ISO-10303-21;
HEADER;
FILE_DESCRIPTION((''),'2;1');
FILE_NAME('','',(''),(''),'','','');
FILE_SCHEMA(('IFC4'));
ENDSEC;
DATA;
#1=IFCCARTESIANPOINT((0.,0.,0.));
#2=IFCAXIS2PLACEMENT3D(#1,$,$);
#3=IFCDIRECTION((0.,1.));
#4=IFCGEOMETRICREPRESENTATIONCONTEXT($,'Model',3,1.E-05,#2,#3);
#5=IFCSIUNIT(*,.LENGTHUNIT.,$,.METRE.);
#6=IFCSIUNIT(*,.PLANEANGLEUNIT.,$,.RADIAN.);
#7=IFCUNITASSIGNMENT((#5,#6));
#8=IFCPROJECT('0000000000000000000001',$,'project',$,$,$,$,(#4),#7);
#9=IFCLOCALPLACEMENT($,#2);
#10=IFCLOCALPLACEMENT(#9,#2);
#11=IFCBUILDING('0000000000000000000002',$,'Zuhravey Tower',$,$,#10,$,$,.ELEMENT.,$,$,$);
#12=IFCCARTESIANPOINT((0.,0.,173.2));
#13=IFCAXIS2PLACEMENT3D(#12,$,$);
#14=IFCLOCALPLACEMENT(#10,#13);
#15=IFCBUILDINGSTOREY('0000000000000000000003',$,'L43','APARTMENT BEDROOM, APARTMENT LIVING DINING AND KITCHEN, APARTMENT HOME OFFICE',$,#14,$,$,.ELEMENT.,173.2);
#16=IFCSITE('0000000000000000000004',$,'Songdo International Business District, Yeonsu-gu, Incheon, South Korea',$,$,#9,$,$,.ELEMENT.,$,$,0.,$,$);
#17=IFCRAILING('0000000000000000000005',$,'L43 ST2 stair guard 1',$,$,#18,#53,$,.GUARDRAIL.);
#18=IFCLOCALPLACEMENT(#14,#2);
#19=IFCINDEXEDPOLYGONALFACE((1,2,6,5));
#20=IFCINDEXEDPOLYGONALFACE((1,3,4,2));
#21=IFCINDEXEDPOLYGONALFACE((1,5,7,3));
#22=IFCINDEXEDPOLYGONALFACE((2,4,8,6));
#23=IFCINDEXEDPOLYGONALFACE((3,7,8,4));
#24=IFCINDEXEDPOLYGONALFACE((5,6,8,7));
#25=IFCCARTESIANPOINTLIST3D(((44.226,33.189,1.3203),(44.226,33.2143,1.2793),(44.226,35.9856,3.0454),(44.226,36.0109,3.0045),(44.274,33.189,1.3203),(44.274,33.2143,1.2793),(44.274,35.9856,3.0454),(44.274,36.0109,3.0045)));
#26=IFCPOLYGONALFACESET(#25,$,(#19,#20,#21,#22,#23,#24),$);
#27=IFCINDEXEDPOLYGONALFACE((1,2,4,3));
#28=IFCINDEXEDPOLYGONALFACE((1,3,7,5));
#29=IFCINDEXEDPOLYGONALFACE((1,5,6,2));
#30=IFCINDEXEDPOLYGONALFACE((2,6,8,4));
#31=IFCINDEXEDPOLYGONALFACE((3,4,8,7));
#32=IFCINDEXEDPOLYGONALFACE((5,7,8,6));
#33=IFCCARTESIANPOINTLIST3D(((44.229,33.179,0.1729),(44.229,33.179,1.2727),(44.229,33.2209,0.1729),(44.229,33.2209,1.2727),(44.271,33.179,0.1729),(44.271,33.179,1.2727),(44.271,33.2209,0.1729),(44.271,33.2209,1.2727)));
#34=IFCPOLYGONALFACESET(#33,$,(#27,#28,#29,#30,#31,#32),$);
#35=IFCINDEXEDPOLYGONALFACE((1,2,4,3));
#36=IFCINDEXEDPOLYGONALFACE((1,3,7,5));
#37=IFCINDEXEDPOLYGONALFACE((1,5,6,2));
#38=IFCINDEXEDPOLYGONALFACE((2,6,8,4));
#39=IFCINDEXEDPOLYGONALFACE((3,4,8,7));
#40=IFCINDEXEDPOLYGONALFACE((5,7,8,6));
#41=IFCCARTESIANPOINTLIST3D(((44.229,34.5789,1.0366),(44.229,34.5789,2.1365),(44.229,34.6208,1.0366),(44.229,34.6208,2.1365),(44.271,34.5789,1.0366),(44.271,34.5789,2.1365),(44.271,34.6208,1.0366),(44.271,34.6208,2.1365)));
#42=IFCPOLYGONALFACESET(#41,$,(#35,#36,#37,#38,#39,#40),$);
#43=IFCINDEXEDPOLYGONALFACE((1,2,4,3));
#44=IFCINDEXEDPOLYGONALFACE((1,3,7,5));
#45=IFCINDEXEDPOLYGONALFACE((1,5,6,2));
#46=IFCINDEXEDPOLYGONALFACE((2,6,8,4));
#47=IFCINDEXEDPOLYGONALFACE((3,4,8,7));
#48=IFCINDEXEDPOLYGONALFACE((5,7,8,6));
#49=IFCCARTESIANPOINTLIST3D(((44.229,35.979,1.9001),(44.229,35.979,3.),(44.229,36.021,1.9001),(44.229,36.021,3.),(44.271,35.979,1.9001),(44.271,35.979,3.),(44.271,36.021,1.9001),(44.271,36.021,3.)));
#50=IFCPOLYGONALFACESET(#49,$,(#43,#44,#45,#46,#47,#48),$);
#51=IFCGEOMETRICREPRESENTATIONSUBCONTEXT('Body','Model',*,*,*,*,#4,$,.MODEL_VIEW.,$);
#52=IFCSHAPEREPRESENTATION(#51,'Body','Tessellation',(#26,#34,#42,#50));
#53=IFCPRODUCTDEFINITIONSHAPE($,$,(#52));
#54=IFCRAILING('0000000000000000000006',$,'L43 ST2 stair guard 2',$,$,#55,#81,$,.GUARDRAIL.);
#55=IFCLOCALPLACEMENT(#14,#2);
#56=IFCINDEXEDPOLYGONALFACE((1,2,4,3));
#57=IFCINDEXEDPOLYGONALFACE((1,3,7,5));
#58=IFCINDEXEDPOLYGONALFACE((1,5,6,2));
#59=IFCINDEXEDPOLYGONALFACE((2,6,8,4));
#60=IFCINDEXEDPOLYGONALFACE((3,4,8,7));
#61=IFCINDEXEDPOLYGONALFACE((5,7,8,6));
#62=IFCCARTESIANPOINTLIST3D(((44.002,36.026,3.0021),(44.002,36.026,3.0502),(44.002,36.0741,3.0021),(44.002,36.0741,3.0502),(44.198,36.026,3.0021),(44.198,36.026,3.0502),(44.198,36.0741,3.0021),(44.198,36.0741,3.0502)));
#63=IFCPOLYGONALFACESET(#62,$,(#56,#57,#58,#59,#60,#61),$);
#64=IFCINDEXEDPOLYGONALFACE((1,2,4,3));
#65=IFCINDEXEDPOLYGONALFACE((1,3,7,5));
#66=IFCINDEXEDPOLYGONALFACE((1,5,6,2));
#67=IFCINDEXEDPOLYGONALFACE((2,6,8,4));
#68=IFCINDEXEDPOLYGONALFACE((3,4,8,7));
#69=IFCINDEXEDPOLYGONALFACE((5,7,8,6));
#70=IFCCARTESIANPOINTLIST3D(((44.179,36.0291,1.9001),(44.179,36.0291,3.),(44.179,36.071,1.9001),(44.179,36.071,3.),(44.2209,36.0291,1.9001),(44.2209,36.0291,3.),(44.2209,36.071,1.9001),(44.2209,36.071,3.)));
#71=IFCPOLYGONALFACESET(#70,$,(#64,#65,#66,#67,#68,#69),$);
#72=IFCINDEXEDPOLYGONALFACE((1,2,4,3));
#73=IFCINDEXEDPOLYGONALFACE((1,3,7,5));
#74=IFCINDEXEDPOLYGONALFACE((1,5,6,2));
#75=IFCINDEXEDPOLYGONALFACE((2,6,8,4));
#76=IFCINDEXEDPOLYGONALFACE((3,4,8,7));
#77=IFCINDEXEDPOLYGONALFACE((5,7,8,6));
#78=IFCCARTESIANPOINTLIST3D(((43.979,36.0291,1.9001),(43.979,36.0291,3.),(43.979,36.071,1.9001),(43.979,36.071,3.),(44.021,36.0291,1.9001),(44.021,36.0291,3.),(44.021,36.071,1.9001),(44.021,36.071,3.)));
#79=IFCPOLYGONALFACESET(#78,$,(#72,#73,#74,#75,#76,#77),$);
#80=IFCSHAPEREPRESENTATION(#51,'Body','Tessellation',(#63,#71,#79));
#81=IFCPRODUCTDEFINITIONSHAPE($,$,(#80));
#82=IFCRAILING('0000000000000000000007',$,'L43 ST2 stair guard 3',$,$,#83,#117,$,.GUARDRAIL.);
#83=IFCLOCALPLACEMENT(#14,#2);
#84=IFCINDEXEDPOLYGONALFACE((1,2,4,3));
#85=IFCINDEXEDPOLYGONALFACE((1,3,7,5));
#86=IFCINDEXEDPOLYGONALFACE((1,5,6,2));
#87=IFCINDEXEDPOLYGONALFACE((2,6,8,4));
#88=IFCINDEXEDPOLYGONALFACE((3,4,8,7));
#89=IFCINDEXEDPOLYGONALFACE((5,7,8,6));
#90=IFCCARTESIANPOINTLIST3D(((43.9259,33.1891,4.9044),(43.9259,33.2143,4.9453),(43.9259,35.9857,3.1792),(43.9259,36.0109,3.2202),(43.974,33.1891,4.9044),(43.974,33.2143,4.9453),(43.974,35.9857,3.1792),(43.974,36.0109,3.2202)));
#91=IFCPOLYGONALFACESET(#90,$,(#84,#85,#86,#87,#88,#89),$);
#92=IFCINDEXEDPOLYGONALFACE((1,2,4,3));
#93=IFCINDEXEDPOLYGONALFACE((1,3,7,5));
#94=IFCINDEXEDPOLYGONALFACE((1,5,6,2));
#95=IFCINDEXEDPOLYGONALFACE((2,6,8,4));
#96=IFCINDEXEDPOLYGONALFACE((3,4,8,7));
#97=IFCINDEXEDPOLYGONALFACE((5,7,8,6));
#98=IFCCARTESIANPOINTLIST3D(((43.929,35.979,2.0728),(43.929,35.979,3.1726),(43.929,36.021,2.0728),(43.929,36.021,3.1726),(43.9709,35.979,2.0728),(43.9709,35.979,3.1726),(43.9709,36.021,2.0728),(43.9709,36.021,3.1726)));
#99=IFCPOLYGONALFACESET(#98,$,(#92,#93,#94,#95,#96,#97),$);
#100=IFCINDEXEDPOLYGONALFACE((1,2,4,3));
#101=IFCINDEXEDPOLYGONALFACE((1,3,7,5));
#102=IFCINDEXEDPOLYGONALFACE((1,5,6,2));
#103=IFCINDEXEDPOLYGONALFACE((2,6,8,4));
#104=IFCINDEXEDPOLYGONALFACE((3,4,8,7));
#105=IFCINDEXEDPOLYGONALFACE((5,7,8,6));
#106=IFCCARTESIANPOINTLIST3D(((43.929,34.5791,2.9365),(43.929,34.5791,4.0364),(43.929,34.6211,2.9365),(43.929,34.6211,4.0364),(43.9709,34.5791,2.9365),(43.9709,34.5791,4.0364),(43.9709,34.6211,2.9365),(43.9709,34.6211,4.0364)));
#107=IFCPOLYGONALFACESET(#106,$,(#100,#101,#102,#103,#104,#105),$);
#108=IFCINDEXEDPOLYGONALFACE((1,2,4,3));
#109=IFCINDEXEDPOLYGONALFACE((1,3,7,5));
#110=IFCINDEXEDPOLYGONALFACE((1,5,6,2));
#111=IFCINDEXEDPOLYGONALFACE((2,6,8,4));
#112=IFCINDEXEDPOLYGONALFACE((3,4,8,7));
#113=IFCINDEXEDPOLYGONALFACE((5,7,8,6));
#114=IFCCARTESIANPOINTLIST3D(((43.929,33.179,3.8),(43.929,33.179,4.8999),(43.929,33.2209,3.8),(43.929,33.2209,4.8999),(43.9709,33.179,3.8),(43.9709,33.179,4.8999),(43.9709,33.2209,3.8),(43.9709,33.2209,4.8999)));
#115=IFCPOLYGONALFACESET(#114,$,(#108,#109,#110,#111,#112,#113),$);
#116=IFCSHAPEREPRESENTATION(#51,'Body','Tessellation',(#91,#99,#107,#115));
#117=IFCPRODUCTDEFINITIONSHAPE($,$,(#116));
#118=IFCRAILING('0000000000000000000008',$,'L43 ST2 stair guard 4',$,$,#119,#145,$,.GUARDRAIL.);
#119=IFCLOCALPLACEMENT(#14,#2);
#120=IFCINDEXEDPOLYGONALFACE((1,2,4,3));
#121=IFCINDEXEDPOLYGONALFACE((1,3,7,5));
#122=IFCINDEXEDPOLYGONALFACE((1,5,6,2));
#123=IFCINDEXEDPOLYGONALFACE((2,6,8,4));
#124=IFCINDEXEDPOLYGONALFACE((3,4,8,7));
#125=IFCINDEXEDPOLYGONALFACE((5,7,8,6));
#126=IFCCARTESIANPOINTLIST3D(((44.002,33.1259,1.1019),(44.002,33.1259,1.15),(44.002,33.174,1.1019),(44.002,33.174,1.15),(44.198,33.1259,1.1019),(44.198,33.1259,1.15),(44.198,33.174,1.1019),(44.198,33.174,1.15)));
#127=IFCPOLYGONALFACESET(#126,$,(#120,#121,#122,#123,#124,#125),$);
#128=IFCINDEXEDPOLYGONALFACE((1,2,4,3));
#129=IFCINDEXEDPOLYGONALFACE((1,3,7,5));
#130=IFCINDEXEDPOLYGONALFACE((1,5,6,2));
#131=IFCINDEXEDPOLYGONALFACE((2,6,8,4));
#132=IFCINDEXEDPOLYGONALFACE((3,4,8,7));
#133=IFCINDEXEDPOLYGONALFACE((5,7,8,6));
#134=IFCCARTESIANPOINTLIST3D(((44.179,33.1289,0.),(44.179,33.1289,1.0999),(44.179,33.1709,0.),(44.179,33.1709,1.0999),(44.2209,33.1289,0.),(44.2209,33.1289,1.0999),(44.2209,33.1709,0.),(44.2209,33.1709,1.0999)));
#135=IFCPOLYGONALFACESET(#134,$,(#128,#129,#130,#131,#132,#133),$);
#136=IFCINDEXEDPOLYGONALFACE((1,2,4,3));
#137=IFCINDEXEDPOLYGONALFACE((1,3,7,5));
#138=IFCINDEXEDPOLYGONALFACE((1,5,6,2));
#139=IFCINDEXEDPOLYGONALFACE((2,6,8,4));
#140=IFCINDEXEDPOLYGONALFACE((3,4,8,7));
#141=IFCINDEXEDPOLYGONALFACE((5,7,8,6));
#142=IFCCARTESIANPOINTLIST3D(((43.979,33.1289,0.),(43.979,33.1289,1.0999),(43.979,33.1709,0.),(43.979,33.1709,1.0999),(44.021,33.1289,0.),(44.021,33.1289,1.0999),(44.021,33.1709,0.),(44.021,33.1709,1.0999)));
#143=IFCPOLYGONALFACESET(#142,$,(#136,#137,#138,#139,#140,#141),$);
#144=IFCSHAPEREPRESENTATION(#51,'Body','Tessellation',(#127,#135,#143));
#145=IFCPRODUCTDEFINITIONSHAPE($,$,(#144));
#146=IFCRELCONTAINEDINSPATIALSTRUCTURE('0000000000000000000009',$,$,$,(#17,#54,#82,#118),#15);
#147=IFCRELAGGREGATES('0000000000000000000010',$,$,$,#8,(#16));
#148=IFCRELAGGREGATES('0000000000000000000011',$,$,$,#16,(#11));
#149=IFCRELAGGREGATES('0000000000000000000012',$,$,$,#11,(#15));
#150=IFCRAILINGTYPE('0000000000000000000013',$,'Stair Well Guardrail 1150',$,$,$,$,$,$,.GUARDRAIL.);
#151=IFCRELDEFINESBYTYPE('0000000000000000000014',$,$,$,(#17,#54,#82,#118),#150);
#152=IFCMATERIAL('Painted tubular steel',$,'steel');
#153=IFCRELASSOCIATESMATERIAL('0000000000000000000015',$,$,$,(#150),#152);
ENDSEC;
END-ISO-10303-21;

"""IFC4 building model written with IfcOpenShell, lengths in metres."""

from ifc_helpers import new_model, si_unit, direction, frame, origin, origin_2d, place, context, subcontext, project, spatial, rectangle, extrude, material, type_object, element, save


model = new_model("IFC4")

# Units and contexts
model_context = context("Model", 3, precision=1e-05, world=origin(), true_north=direction((0.0, 1.0)))
body_context = subcontext(model_context, "Body", "Model", "MODEL_VIEW")
ifc_project = project(units=[si_unit("LENGTHUNIT", "METRE"), si_unit("PLANEANGLEUNIT", "RADIAN")], contexts=[model_context])

# Site, building, storey
site_placement = place(None, origin())
site = spatial("IfcSite", under=ifc_project, at=site_placement, Name="Songdo International Business District, Yeonsu-gu, Incheon, South Korea", CompositionType="ELEMENT", RefElevation=0.0)
building_placement = place(site_placement, origin())
building = spatial("IfcBuilding", under=site, at=building_placement, Name="Zuhravey Tower", CompositionType="ELEMENT")
storey_placement = place(building_placement, frame((0.0, 0.0, 173.2)))
storey = spatial("IfcBuildingStorey", under=building, at=storey_placement, Name="L43", Description="APARTMENT BEDROOM, APARTMENT LIVING DINING AND KITCHEN, APARTMENT HOME OFFICE", CompositionType="ELEMENT", Elevation=173.2)

# Railings
ifc_material_1 = material(Name="Painted tubular steel", Category="steel")
railing_type_1 = type_object("IfcRailingType", Name="Stair Well Guardrail 1150", PredefinedType="GUARDRAIL", material=ifc_material_1)
railing_1_placement = place(storey_placement, frame((44.25, 33.2, 0.1729)))
element("IfcRailing", 1, at=railing_1_placement, inside=storey, type_object=railing_type_1, Name="L43 ST2 stair guard 1", PredefinedType="GUARDRAIL", context=body_context, shape_type="SweptSolid", body=[
    extrude(rectangle(XDim=0.0481, YDim=0.0481, at=origin_2d()), frame((0.0, 0.0017, 1.127), z_axis=(0.0, 0.85109, 0.52502), x_axis=(-1.0, 0.0, 0.0)), (0.0, 0.0, 1.0), 3.2859),
    extrude(rectangle(XDim=0.042, YDim=0.042, at=origin_2d()), origin(), (0.0, 0.0, 1.0), 1.0999),
    extrude(rectangle(XDim=0.042, YDim=0.042, at=origin_2d()), frame((0.0, 1.3999, 0.8638)), (0.0, 0.0, 1.0), 1.0999),
    extrude(rectangle(XDim=0.042, YDim=0.042, at=origin_2d()), frame((0.0, 2.8, 1.7273)), (0.0, 0.0, 1.0), 1.0999),
])
railing_2_placement = place(storey_placement, frame((44.2, 36.05, 1.9001)))
element("IfcRailing", 2, at=railing_2_placement, inside=storey, type_object=railing_type_1, Name="L43 ST2 stair guard 2", PredefinedType="GUARDRAIL", context=body_context, shape_type="SweptSolid", body=[
    extrude(rectangle(XDim=0.0481, YDim=0.0481, at=origin_2d()), frame((-0.002, 0.0, 1.126), z_axis=(-1.0, 0.0, 0.0), x_axis=(0.0, -1.0, 0.0)), (0.0, 0.0, 1.0), 0.196),
    extrude(rectangle(XDim=0.042, YDim=0.042, at=origin_2d()), origin(), (0.0, 0.0, 1.0), 1.0999),
    extrude(rectangle(XDim=0.042, YDim=0.042, at=origin_2d()), frame((-0.2, 0.0, 0.0)), (0.0, 0.0, 1.0), 1.0999),
])
railing_3_placement = place(storey_placement, frame((43.95, 36.0, 2.0728)))
element("IfcRailing", 3, at=railing_3_placement, inside=storey, type_object=railing_type_1, Name="L43 ST2 stair guard 3", PredefinedType="GUARDRAIL", context=body_context, shape_type="SweptSolid", body=[
    extrude(rectangle(XDim=0.0481, YDim=0.0481, at=origin_2d()), frame((0.0, -0.0017, 1.127), z_axis=(0.0, -0.85109, 0.52502), x_axis=(1.0, 0.0, 0.0)), (0.0, 0.0, 1.0), 3.2859),
    extrude(rectangle(XDim=0.042, YDim=0.042, at=origin_2d()), origin(), (0.0, 0.0, 1.0), 1.0999),
    extrude(rectangle(XDim=0.042, YDim=0.042, at=origin_2d()), frame((0.0, -1.3999, 0.8638)), (0.0, 0.0, 1.0), 1.0999),
    extrude(rectangle(XDim=0.042, YDim=0.042, at=origin_2d()), frame((0.0, -2.8, 1.7273)), (0.0, 0.0, 1.0), 1.0999),
])
railing_4_placement = place(storey_placement, frame((44.2, 33.1499, 0.0)))
element("IfcRailing", 4, at=railing_4_placement, inside=storey, type_object=railing_type_1, Name="L43 ST2 stair guard 4", PredefinedType="GUARDRAIL", context=body_context, shape_type="SweptSolid", body=[
    extrude(rectangle(XDim=0.0481, YDim=0.0481, at=origin_2d()), frame((-0.002, 0.0, 1.126), z_axis=(-1.0, 0.0, 0.0), x_axis=(0.0, -1.0, 0.0)), (0.0, 0.0, 1.0), 0.196),
    extrude(rectangle(XDim=0.042, YDim=0.042, at=origin_2d()), origin(), (0.0, 0.0, 1.0), 1.0999),
    extrude(rectangle(XDim=0.042, YDim=0.042, at=origin_2d()), frame((-0.2, 0.0, 0.0)), (0.0, 0.0, 1.0), 1.0999),
])

save(model, "model.ifc")
